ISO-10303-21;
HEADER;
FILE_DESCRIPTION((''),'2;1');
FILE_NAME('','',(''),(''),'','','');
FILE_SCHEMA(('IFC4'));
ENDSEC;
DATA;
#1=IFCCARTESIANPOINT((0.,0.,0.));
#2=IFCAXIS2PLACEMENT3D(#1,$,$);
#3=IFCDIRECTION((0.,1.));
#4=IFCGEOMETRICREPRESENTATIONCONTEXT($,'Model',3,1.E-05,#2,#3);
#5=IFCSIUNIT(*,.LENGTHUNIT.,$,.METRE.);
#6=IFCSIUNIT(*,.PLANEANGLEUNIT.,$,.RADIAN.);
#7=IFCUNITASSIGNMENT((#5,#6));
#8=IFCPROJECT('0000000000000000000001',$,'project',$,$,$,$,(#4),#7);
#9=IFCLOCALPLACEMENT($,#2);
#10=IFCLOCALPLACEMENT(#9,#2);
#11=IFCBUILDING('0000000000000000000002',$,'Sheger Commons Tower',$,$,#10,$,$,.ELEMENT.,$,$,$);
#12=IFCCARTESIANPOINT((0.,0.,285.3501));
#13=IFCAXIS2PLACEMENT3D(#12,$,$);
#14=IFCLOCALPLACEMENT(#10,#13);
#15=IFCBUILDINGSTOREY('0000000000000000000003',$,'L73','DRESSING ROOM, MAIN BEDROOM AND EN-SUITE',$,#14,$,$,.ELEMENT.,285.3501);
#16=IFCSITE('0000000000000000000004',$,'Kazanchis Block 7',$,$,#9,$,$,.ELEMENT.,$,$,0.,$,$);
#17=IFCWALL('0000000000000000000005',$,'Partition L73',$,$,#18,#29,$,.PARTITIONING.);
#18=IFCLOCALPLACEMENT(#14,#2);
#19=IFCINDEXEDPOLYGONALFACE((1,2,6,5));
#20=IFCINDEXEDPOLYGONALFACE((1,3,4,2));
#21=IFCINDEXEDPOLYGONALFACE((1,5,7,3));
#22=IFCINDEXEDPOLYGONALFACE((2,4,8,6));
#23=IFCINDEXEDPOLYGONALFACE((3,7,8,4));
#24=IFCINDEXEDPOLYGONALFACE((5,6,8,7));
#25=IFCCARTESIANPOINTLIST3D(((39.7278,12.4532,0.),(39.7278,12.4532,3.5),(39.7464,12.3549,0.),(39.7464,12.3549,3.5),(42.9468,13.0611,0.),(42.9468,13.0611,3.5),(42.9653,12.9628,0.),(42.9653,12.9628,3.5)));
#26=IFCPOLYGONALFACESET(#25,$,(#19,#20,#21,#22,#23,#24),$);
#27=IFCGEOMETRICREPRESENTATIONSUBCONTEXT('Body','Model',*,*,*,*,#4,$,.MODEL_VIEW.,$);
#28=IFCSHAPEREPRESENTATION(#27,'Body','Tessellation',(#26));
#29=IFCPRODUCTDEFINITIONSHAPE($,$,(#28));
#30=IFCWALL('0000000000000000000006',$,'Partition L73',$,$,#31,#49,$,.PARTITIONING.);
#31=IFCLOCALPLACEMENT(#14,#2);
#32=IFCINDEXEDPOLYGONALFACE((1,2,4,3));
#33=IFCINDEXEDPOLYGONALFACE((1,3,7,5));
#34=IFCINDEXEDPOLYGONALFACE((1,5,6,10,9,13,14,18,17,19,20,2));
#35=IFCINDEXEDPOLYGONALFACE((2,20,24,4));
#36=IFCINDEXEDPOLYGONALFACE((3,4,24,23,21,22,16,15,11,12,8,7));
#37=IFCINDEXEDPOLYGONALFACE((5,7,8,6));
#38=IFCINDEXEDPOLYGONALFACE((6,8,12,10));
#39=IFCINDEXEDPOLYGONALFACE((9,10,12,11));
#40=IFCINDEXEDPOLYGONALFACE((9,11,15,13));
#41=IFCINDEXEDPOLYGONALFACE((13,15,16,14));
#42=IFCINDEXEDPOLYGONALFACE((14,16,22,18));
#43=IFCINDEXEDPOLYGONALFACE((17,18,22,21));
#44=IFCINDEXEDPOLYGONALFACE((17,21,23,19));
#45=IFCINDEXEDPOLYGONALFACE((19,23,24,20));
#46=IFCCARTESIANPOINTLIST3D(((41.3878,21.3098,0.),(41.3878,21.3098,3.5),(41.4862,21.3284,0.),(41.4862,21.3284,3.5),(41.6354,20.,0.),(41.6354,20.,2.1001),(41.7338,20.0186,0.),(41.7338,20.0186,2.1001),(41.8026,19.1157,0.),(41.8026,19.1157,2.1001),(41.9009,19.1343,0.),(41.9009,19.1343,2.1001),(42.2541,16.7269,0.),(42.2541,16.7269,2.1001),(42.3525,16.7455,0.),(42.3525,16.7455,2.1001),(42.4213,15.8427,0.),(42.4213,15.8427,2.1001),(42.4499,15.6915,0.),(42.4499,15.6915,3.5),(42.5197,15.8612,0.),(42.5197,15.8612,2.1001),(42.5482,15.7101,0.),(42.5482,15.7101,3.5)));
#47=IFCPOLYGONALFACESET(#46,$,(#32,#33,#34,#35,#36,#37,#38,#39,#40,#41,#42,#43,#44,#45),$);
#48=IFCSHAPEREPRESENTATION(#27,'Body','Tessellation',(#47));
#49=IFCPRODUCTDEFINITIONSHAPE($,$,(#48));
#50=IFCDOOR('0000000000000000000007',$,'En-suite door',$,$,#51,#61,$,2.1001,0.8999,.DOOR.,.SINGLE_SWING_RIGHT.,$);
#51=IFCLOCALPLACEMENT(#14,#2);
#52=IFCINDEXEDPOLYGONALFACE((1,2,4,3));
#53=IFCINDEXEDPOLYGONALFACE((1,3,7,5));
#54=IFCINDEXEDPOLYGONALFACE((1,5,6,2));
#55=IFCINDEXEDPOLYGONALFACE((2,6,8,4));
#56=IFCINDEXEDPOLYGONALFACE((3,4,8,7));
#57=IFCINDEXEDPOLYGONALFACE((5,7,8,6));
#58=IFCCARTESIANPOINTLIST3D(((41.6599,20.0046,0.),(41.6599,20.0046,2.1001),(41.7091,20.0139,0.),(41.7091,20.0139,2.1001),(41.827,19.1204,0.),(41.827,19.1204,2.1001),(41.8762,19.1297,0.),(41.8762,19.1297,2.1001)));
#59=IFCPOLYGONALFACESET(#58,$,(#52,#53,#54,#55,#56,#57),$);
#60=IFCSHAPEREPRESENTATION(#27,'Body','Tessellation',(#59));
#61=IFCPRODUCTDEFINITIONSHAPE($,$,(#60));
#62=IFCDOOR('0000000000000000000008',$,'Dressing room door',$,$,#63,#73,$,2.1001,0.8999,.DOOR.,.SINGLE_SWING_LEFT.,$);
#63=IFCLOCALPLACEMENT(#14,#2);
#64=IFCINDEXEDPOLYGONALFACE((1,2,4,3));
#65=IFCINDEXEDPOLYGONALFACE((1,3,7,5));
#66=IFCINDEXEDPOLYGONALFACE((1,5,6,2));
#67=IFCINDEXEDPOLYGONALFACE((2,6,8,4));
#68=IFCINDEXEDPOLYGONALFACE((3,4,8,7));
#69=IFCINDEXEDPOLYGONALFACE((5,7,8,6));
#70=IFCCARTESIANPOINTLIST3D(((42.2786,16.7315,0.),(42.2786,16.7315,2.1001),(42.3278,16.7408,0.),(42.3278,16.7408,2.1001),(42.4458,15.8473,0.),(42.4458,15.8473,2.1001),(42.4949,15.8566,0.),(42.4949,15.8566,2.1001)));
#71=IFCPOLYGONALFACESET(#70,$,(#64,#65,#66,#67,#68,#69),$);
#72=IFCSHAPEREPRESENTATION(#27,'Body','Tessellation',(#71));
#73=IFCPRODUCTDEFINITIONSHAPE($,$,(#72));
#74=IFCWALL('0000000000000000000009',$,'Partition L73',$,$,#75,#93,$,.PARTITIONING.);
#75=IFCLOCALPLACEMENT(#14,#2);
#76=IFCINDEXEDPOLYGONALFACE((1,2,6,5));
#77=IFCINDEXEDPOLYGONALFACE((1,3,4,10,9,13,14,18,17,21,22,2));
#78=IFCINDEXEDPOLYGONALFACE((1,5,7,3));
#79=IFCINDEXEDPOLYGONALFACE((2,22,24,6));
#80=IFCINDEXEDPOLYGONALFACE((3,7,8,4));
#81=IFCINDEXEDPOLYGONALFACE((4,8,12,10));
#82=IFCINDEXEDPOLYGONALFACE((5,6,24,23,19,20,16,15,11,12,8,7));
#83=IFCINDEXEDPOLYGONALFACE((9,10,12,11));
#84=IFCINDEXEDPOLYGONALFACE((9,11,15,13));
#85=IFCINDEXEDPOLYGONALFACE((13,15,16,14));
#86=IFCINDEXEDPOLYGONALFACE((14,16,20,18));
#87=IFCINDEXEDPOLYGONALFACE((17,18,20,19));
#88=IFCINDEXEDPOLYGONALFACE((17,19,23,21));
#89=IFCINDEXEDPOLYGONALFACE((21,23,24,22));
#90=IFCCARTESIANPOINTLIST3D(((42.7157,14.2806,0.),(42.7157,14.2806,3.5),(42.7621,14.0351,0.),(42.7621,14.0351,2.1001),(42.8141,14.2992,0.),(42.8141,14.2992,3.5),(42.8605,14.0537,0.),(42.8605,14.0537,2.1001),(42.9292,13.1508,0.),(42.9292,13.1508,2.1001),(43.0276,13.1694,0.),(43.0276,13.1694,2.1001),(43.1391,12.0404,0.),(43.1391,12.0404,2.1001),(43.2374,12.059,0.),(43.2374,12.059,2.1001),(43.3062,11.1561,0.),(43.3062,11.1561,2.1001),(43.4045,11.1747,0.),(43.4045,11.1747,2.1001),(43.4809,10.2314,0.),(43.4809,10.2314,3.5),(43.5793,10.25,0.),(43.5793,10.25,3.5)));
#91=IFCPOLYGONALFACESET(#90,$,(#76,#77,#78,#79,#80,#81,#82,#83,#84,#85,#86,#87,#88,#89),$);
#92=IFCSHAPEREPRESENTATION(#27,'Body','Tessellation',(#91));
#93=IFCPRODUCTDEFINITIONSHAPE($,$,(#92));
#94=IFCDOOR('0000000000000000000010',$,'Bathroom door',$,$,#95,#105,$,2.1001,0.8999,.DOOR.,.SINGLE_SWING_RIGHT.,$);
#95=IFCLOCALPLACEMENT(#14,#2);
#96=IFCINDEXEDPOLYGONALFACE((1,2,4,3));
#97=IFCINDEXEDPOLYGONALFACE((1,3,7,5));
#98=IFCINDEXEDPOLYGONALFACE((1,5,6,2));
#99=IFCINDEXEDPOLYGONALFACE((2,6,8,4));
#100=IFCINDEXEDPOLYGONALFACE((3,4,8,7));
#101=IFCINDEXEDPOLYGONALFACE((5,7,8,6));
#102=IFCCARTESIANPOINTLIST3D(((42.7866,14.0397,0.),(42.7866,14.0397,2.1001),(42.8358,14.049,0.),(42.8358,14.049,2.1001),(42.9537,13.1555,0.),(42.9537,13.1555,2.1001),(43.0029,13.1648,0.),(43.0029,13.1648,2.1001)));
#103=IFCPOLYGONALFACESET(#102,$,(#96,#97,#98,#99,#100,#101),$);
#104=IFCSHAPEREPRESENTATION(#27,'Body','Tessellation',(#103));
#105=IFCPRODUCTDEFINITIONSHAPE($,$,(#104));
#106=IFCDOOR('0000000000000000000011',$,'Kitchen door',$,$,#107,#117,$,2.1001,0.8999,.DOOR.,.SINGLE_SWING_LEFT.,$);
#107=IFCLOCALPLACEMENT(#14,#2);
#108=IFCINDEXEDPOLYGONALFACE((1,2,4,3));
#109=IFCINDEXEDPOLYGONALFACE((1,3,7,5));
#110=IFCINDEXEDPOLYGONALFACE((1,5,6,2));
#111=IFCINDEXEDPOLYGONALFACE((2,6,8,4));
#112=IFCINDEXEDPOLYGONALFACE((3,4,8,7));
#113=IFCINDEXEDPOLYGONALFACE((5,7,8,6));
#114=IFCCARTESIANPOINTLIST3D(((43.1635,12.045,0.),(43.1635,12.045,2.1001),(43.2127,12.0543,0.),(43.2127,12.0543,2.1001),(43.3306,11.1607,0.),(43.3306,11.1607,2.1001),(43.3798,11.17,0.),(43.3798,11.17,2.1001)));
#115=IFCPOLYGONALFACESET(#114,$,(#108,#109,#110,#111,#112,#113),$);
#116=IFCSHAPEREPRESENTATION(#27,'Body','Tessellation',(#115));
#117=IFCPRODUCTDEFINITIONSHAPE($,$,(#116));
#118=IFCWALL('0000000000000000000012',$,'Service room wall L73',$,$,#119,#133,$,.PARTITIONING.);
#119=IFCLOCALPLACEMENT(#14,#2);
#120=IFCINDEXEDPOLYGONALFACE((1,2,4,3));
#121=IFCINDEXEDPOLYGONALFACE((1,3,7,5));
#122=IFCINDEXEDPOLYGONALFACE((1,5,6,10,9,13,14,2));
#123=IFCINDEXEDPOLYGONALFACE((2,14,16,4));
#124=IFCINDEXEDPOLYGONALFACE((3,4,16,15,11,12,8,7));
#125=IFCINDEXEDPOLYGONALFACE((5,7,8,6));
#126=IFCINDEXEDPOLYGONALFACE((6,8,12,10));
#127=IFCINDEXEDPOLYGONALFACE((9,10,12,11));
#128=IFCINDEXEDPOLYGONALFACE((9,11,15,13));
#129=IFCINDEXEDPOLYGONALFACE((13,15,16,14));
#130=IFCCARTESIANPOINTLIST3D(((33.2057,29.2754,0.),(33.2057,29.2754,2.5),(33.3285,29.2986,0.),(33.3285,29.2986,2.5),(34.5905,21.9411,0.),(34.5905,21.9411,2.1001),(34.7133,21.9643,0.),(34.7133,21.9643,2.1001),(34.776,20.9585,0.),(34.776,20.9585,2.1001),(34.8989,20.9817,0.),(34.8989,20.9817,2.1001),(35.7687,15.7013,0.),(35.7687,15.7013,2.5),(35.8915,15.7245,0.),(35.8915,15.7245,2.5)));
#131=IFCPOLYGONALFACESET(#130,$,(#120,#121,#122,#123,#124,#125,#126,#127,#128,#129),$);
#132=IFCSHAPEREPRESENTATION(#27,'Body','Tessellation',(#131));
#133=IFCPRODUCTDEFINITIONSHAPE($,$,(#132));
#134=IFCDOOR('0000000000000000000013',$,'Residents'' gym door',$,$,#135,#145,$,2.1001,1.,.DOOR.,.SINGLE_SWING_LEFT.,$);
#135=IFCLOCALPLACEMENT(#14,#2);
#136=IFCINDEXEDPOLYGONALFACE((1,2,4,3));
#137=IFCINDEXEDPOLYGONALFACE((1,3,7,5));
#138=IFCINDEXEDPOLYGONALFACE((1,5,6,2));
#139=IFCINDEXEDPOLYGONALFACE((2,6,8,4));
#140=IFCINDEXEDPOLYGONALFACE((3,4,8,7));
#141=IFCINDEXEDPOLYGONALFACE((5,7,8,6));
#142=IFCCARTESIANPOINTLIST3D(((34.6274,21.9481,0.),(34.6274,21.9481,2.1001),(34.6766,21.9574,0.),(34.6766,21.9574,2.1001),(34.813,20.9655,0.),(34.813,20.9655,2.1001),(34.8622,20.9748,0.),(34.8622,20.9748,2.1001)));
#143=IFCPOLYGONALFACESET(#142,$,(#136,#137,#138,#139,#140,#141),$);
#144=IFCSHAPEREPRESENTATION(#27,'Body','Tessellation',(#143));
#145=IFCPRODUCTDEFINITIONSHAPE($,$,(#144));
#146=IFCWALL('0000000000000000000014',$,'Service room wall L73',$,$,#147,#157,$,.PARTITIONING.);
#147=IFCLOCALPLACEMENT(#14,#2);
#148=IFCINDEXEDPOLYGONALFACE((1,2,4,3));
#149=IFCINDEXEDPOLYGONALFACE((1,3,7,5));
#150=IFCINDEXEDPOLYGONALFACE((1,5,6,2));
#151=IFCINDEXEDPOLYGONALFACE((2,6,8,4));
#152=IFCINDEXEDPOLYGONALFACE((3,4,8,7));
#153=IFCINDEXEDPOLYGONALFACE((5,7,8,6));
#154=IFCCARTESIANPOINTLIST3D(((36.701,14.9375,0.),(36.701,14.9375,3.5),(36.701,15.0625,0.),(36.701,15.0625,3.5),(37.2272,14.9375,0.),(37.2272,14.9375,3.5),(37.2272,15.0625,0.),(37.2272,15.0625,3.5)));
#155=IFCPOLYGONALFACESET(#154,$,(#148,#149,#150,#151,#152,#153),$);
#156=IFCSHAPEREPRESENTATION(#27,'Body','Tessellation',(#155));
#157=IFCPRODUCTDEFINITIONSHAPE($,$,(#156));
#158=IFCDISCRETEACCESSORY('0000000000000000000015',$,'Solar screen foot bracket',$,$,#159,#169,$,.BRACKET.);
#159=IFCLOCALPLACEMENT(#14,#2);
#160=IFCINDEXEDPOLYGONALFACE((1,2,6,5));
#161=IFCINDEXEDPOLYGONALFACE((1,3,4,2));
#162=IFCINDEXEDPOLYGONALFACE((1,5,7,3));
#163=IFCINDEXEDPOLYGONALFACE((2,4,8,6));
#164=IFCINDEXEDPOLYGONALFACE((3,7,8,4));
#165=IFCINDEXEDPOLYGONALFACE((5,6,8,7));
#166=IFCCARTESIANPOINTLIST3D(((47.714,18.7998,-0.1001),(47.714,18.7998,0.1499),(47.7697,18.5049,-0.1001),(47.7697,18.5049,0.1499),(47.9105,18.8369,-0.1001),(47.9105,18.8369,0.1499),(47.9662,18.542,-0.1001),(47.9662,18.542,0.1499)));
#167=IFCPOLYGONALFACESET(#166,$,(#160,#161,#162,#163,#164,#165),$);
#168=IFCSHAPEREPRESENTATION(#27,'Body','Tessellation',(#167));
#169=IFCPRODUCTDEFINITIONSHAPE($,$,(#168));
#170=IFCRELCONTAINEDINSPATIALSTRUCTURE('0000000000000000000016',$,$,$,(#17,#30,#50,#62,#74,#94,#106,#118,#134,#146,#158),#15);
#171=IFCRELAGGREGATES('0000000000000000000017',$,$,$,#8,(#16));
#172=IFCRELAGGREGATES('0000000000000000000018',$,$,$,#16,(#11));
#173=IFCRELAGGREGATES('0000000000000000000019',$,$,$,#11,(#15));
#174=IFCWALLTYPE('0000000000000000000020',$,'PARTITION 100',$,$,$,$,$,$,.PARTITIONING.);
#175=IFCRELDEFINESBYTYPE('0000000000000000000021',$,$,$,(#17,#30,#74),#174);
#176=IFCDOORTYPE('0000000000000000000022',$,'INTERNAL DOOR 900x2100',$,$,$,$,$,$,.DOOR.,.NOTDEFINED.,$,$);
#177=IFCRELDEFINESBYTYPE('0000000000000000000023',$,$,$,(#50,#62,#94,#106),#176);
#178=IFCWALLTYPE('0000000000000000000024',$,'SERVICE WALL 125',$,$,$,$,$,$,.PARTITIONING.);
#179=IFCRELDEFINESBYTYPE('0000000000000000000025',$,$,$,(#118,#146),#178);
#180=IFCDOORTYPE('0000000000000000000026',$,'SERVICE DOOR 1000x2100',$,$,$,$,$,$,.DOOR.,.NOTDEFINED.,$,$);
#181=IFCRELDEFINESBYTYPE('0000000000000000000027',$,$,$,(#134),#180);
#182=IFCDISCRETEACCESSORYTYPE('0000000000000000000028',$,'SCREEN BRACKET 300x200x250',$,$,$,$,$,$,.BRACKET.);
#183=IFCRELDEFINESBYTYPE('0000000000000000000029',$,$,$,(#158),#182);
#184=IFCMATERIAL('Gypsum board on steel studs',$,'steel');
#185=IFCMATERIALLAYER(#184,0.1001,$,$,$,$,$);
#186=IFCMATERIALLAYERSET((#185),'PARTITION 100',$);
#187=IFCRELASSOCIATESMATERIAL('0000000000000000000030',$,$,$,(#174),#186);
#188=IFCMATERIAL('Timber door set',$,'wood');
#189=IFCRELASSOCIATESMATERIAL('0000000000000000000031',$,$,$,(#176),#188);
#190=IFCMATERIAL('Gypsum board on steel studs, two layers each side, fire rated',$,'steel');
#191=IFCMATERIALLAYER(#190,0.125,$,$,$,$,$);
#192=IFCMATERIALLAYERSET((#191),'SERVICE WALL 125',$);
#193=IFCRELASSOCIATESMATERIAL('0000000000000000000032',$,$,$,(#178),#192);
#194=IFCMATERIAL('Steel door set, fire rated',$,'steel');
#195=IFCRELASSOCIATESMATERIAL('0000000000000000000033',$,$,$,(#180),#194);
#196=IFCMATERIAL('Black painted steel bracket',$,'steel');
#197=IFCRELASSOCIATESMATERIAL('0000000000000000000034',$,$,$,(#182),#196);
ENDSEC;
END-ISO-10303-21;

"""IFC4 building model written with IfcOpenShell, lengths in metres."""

from ifc_helpers import new_model, si_unit, direction, frame, frame_2d, origin, origin_2d, place, context, subcontext, project, spatial, rectangle, extrude, material, layer, layer_set, type_object, element, fill, save


model = new_model("IFC4")

# Units and contexts
model_context = context("Model", 3, precision=1e-05, world=origin(), true_north=direction((0.0, 1.0)))
body_context = subcontext(model_context, "Body", "Model", "MODEL_VIEW")
ifc_project = project(units=[si_unit("LENGTHUNIT", "METRE"), si_unit("PLANEANGLEUNIT", "RADIAN")], contexts=[model_context])

# Site, building, storey
site_placement = place(None, origin())
site = spatial("IfcSite", under=ifc_project, at=site_placement, Name="Kazanchis Block 7", CompositionType="ELEMENT", RefElevation=0.0)
building_placement = place(site_placement, origin())
building = spatial("IfcBuilding", under=site, at=building_placement, Name="Sheger Commons Tower", CompositionType="ELEMENT")
storey_placement = place(building_placement, frame((0.0, 0.0, 285.3501)))
storey = spatial("IfcBuildingStorey", under=building, at=storey_placement, Name="L73", Description="DRESSING ROOM, MAIN BEDROOM AND EN-SUITE", CompositionType="ELEMENT", Elevation=285.3501)

# Shared definitions
ifc_material_1 = material(Name="Gypsum board on steel studs", Category="steel")
ifc_layer_1 = layer(ifc_material_1, 0.1001)
ifc_layer_set_1 = layer_set([ifc_layer_1], Name="PARTITION 100")
wall_type_1 = type_object("IfcWallType", Name="PARTITION 100", PredefinedType="PARTITIONING", material=ifc_layer_set_1)

# Shared definitions
ifc_material_2 = material(Name="Timber door set", Category="wood")
door_type_1 = type_object("IfcDoorType", Name="INTERNAL DOOR 900x2100", OperationType="NOTDEFINED", PredefinedType="DOOR", material=ifc_material_2)

# Wall
wall_1_placement = place(storey_placement, frame((42.9561, 13.012, 0.0), z_axis=(0.0, 0.0, 1.0), x_axis=(-0.982631, -0.185571, 0.0)))
element("IfcWall", 1, at=wall_1_placement, inside=storey, type_object=wall_type_1, Name="Partition L73", PredefinedType="PARTITIONING", context=body_context, shape_type="SweptSolid", body=[
    extrude(rectangle(XDim=3.2759, YDim=0.1001, at=frame_2d((1.6379, 0.0))), origin(), (0.0, 0.0, 1.0), 3.5),
])

# Walls, openings, doors
wall_2_placement = place(storey_placement, frame((41.437, 21.3191, 0.0), z_axis=(0.0, 0.0, 1.0), x_axis=(0.185742, -0.982598, 0.0)))
wall_2 = element("IfcWall", 2, at=wall_2_placement, inside=storey, type_object=wall_type_1, Name="Partition L73", PredefinedType="PARTITIONING", context=body_context, shape_type="SweptSolid", body=[
    extrude(rectangle(XDim=5.7178, YDim=0.1001, at=frame_2d((2.8589, 0.0))), origin(), (0.0, 0.0, 1.0), 3.5),
])
opening_1_placement = place(wall_2_placement, frame((1.333, 0.0, 0.0)))
opening_1 = element("IfcOpeningElement", 3, at=opening_1_placement, cuts=wall_2, PredefinedType="OPENING", context=body_context, shape_type="SweptSolid", body=[
    extrude(rectangle(XDim=0.8999, YDim=2.1001, at=frame_2d((0.45, 1.05))), frame((0.0, 0.0601, 0.0), z_axis=(0.0, -1.0, 0.0), x_axis=(1.0, 0.0, 0.0)), (0.0, 0.0, 1.0), 0.1201),
])
opening_2_placement = place(wall_2_placement, frame((4.6641, 0.0, 0.0)))
opening_2 = element("IfcOpeningElement", 4, at=opening_2_placement, cuts=wall_2, PredefinedType="OPENING", context=body_context, shape_type="SweptSolid", body=[
    extrude(rectangle(XDim=0.8999, YDim=2.1001, at=frame_2d((0.45, 1.05))), frame((0.0, 0.0601, 0.0), z_axis=(0.0, -1.0, 0.0), x_axis=(1.0, 0.0, 0.0)), (0.0, 0.0, 1.0), 0.1201),
])
door_1_placement = place(opening_1_placement, origin())
door_1 = element("IfcDoor", 5, at=door_1_placement, inside=storey, type_object=door_type_1, Name="En-suite door", OperationType="SINGLE_SWING_RIGHT", OverallHeight=2.1001, OverallWidth=0.8999, PredefinedType="DOOR", context=body_context, shape_type="SweptSolid", body=[
    extrude(rectangle(XDim=0.8999, YDim=2.1001, at=frame_2d((0.45, 1.05))), frame((0.0, 0.0249, 0.0), z_axis=(0.0, -1.0, 0.0), x_axis=(1.0, 0.0, 0.0)), (0.0, 0.0, 1.0), 0.05),
])
fill(opening_1, door_1)
door_2_placement = place(opening_2_placement, origin())
door_2 = element("IfcDoor", 6, at=door_2_placement, inside=storey, type_object=door_type_1, Name="Dressing room door", OperationType="SINGLE_SWING_LEFT", OverallHeight=2.1001, OverallWidth=0.8999, PredefinedType="DOOR", context=body_context, shape_type="SweptSolid", body=[
    extrude(rectangle(XDim=0.8999, YDim=2.1001, at=frame_2d((0.45, 1.05))), frame((0.0, 0.0249, 0.0), z_axis=(0.0, -1.0, 0.0), x_axis=(1.0, 0.0, 0.0)), (0.0, 0.0, 1.0), 0.05),
])
fill(opening_2, door_2)
wall_3_placement = place(storey_placement, frame((42.7649, 14.29, 0.0), z_axis=(0.0, 0.0, 1.0), x_axis=(0.18568, -0.98261, 0.0)))
wall_3 = element("IfcWall", 7, at=wall_3_placement, inside=storey, type_object=wall_type_1, Name="Partition L73", PredefinedType="PARTITIONING", context=body_context, shape_type="SweptSolid", body=[
    extrude(rectangle(XDim=4.1208, YDim=0.1001, at=frame_2d((2.0605, 0.0))), origin(), (0.0, 0.0, 1.0), 3.5),
])
opening_3_placement = place(wall_3_placement, frame((0.25, 0.0, 0.0)))
opening_3 = element("IfcOpeningElement", 8, at=opening_3_placement, cuts=wall_3, PredefinedType="OPENING", context=body_context, shape_type="SweptSolid", body=[
    extrude(rectangle(XDim=0.8999, YDim=2.1001, at=frame_2d((0.45, 1.05))), frame((0.0, 0.0601, 0.0), z_axis=(0.0, -1.0, 0.0), x_axis=(1.0, 0.0, 0.0)), (0.0, 0.0, 1.0), 0.1201),
])
opening_4_placement = place(wall_3_placement, frame((2.28, 0.0, 0.0)))
opening_4 = element("IfcOpeningElement", 9, at=opening_4_placement, cuts=wall_3, PredefinedType="OPENING", context=body_context, shape_type="SweptSolid", body=[
    extrude(rectangle(XDim=0.8999, YDim=2.1001, at=frame_2d((0.45, 1.05))), frame((0.0, 0.0601, 0.0), z_axis=(0.0, -1.0, 0.0), x_axis=(1.0, 0.0, 0.0)), (0.0, 0.0, 1.0), 0.1201),
])
door_3_placement = place(opening_3_placement, origin())
door_3 = element("IfcDoor", 10, at=door_3_placement, inside=storey, type_object=door_type_1, Name="Bathroom door", OperationType="SINGLE_SWING_RIGHT", OverallHeight=2.1001, OverallWidth=0.8999, PredefinedType="DOOR", context=body_context, shape_type="SweptSolid", body=[
    extrude(rectangle(XDim=0.8999, YDim=2.1001, at=frame_2d((0.45, 1.05))), frame((0.0, 0.0249, 0.0), z_axis=(0.0, -1.0, 0.0), x_axis=(1.0, 0.0, 0.0)), (0.0, 0.0, 1.0), 0.05),
])
fill(opening_3, door_3)
door_4_placement = place(opening_4_placement, origin())
door_4 = element("IfcDoor", 11, at=door_4_placement, inside=storey, type_object=door_type_1, Name="Kitchen door", OperationType="SINGLE_SWING_LEFT", OverallHeight=2.1001, OverallWidth=0.8999, PredefinedType="DOOR", context=body_context, shape_type="SweptSolid", body=[
    extrude(rectangle(XDim=0.8999, YDim=2.1001, at=frame_2d((0.45, 1.05))), frame((0.0, 0.0249, 0.0), z_axis=(0.0, -1.0, 0.0), x_axis=(1.0, 0.0, 0.0)), (0.0, 0.0, 1.0), 0.05),
])
fill(opening_4, door_4)

# Wall, opening, door
ifc_material_3 = material(Name="Gypsum board on steel studs, two layers each side, fire rated", Category="steel")
ifc_layer_2 = layer(ifc_material_3, 0.125)
ifc_layer_set_2 = layer_set([ifc_layer_2], Name="SERVICE WALL 125")
wall_type_2 = type_object("IfcWallType", Name="SERVICE WALL 125", PredefinedType="PARTITIONING", material=ifc_layer_set_2)
wall_4_placement = place(storey_placement, frame((35.8301, 15.7129, 0.0), z_axis=(0.0, 0.0, 1.0), x_axis=(-0.185535, 0.982638, 0.0)))
wall_4 = element("IfcWall", 12, at=wall_4_placement, inside=storey, type_object=wall_type_2, Name="Service room wall L73", PredefinedType="PARTITIONING", context=body_context, shape_type="SweptSolid", body=[
    extrude(rectangle(XDim=13.814, YDim=0.125, at=frame_2d((6.907, 0.0))), origin(), (0.0, 0.0, 1.0), 2.5),
])
opening_5_placement = place(wall_4_placement, frame((5.3501, 0.0, 0.0)))
opening_5 = element("IfcOpeningElement", 13, at=opening_5_placement, cuts=wall_4, PredefinedType="OPENING", context=body_context, shape_type="SweptSolid", body=[
    extrude(rectangle(XDim=1.0, YDim=2.1001, at=frame_2d((0.5, 1.05))), frame((0.0, 0.0725, 0.0), z_axis=(0.0, -1.0, 0.0), x_axis=(1.0, 0.0, 0.0)), (0.0, 0.0, 1.0), 0.145),
])
ifc_material_4 = material(Name="Steel door set, fire rated", Category="steel")
door_type_2 = type_object("IfcDoorType", Name="SERVICE DOOR 1000x2100", OperationType="NOTDEFINED", PredefinedType="DOOR", material=ifc_material_4)
door_5_placement = place(opening_5_placement, origin())
door_5 = element("IfcDoor", 14, at=door_5_placement, inside=storey, type_object=door_type_2, Name="Residents' gym door", OperationType="SINGLE_SWING_LEFT", OverallHeight=2.1001, OverallWidth=1.0, PredefinedType="DOOR", context=body_context, shape_type="SweptSolid", body=[
    extrude(rectangle(XDim=1.0, YDim=2.1001, at=frame_2d((0.5, 1.05))), frame((0.0, 0.0249, 0.0), z_axis=(0.0, -1.0, 0.0), x_axis=(1.0, 0.0, 0.0)), (0.0, 0.0, 1.0), 0.05),
])
fill(opening_5, door_5)

# Wall
wall_5_placement = place(storey_placement, frame((36.7009, 15.0, 0.0), z_axis=(0.0, 0.0, 1.0), x_axis=(1.0, 0.0, 0.0)))
element("IfcWall", 15, at=wall_5_placement, inside=storey, type_object=wall_type_2, Name="Service room wall L73", PredefinedType="PARTITIONING", context=body_context, shape_type="SweptSolid", body=[
    extrude(rectangle(XDim=0.5261, YDim=0.125, at=frame_2d((0.2632, 0.0))), origin(), (0.0, 0.0, 1.0), 3.5),
])

# Discrete accessory
ifc_material_5 = material(Name="Black painted steel bracket", Category="steel")
discrete_accessory_type = type_object("IfcDiscreteAccessoryType", Name="SCREEN BRACKET 300x200x250", PredefinedType="BRACKET", material=ifc_material_5)
for number, where, z_axis, x_axis, name in (
    (16, (47.8401, 18.6709, -0.1001), (0.0, 0.0, 1.0), (-0.185615, 0.982623, 0.0), "Solar screen foot bracket"),
):
    element("IfcDiscreteAccessory", number, at=place(storey_placement, frame(where, z_axis=z_axis, x_axis=x_axis)), inside=storey, type_object=discrete_accessory_type, Name=name, PredefinedType="BRACKET", context=body_context, shape_type="SweptSolid", body=[
        extrude(rectangle(XDim=0.3, YDim=0.2, at=origin_2d()), origin(), (0.0, 0.0, 1.0), 0.25),
    ])

save(model, "model.ifc")
